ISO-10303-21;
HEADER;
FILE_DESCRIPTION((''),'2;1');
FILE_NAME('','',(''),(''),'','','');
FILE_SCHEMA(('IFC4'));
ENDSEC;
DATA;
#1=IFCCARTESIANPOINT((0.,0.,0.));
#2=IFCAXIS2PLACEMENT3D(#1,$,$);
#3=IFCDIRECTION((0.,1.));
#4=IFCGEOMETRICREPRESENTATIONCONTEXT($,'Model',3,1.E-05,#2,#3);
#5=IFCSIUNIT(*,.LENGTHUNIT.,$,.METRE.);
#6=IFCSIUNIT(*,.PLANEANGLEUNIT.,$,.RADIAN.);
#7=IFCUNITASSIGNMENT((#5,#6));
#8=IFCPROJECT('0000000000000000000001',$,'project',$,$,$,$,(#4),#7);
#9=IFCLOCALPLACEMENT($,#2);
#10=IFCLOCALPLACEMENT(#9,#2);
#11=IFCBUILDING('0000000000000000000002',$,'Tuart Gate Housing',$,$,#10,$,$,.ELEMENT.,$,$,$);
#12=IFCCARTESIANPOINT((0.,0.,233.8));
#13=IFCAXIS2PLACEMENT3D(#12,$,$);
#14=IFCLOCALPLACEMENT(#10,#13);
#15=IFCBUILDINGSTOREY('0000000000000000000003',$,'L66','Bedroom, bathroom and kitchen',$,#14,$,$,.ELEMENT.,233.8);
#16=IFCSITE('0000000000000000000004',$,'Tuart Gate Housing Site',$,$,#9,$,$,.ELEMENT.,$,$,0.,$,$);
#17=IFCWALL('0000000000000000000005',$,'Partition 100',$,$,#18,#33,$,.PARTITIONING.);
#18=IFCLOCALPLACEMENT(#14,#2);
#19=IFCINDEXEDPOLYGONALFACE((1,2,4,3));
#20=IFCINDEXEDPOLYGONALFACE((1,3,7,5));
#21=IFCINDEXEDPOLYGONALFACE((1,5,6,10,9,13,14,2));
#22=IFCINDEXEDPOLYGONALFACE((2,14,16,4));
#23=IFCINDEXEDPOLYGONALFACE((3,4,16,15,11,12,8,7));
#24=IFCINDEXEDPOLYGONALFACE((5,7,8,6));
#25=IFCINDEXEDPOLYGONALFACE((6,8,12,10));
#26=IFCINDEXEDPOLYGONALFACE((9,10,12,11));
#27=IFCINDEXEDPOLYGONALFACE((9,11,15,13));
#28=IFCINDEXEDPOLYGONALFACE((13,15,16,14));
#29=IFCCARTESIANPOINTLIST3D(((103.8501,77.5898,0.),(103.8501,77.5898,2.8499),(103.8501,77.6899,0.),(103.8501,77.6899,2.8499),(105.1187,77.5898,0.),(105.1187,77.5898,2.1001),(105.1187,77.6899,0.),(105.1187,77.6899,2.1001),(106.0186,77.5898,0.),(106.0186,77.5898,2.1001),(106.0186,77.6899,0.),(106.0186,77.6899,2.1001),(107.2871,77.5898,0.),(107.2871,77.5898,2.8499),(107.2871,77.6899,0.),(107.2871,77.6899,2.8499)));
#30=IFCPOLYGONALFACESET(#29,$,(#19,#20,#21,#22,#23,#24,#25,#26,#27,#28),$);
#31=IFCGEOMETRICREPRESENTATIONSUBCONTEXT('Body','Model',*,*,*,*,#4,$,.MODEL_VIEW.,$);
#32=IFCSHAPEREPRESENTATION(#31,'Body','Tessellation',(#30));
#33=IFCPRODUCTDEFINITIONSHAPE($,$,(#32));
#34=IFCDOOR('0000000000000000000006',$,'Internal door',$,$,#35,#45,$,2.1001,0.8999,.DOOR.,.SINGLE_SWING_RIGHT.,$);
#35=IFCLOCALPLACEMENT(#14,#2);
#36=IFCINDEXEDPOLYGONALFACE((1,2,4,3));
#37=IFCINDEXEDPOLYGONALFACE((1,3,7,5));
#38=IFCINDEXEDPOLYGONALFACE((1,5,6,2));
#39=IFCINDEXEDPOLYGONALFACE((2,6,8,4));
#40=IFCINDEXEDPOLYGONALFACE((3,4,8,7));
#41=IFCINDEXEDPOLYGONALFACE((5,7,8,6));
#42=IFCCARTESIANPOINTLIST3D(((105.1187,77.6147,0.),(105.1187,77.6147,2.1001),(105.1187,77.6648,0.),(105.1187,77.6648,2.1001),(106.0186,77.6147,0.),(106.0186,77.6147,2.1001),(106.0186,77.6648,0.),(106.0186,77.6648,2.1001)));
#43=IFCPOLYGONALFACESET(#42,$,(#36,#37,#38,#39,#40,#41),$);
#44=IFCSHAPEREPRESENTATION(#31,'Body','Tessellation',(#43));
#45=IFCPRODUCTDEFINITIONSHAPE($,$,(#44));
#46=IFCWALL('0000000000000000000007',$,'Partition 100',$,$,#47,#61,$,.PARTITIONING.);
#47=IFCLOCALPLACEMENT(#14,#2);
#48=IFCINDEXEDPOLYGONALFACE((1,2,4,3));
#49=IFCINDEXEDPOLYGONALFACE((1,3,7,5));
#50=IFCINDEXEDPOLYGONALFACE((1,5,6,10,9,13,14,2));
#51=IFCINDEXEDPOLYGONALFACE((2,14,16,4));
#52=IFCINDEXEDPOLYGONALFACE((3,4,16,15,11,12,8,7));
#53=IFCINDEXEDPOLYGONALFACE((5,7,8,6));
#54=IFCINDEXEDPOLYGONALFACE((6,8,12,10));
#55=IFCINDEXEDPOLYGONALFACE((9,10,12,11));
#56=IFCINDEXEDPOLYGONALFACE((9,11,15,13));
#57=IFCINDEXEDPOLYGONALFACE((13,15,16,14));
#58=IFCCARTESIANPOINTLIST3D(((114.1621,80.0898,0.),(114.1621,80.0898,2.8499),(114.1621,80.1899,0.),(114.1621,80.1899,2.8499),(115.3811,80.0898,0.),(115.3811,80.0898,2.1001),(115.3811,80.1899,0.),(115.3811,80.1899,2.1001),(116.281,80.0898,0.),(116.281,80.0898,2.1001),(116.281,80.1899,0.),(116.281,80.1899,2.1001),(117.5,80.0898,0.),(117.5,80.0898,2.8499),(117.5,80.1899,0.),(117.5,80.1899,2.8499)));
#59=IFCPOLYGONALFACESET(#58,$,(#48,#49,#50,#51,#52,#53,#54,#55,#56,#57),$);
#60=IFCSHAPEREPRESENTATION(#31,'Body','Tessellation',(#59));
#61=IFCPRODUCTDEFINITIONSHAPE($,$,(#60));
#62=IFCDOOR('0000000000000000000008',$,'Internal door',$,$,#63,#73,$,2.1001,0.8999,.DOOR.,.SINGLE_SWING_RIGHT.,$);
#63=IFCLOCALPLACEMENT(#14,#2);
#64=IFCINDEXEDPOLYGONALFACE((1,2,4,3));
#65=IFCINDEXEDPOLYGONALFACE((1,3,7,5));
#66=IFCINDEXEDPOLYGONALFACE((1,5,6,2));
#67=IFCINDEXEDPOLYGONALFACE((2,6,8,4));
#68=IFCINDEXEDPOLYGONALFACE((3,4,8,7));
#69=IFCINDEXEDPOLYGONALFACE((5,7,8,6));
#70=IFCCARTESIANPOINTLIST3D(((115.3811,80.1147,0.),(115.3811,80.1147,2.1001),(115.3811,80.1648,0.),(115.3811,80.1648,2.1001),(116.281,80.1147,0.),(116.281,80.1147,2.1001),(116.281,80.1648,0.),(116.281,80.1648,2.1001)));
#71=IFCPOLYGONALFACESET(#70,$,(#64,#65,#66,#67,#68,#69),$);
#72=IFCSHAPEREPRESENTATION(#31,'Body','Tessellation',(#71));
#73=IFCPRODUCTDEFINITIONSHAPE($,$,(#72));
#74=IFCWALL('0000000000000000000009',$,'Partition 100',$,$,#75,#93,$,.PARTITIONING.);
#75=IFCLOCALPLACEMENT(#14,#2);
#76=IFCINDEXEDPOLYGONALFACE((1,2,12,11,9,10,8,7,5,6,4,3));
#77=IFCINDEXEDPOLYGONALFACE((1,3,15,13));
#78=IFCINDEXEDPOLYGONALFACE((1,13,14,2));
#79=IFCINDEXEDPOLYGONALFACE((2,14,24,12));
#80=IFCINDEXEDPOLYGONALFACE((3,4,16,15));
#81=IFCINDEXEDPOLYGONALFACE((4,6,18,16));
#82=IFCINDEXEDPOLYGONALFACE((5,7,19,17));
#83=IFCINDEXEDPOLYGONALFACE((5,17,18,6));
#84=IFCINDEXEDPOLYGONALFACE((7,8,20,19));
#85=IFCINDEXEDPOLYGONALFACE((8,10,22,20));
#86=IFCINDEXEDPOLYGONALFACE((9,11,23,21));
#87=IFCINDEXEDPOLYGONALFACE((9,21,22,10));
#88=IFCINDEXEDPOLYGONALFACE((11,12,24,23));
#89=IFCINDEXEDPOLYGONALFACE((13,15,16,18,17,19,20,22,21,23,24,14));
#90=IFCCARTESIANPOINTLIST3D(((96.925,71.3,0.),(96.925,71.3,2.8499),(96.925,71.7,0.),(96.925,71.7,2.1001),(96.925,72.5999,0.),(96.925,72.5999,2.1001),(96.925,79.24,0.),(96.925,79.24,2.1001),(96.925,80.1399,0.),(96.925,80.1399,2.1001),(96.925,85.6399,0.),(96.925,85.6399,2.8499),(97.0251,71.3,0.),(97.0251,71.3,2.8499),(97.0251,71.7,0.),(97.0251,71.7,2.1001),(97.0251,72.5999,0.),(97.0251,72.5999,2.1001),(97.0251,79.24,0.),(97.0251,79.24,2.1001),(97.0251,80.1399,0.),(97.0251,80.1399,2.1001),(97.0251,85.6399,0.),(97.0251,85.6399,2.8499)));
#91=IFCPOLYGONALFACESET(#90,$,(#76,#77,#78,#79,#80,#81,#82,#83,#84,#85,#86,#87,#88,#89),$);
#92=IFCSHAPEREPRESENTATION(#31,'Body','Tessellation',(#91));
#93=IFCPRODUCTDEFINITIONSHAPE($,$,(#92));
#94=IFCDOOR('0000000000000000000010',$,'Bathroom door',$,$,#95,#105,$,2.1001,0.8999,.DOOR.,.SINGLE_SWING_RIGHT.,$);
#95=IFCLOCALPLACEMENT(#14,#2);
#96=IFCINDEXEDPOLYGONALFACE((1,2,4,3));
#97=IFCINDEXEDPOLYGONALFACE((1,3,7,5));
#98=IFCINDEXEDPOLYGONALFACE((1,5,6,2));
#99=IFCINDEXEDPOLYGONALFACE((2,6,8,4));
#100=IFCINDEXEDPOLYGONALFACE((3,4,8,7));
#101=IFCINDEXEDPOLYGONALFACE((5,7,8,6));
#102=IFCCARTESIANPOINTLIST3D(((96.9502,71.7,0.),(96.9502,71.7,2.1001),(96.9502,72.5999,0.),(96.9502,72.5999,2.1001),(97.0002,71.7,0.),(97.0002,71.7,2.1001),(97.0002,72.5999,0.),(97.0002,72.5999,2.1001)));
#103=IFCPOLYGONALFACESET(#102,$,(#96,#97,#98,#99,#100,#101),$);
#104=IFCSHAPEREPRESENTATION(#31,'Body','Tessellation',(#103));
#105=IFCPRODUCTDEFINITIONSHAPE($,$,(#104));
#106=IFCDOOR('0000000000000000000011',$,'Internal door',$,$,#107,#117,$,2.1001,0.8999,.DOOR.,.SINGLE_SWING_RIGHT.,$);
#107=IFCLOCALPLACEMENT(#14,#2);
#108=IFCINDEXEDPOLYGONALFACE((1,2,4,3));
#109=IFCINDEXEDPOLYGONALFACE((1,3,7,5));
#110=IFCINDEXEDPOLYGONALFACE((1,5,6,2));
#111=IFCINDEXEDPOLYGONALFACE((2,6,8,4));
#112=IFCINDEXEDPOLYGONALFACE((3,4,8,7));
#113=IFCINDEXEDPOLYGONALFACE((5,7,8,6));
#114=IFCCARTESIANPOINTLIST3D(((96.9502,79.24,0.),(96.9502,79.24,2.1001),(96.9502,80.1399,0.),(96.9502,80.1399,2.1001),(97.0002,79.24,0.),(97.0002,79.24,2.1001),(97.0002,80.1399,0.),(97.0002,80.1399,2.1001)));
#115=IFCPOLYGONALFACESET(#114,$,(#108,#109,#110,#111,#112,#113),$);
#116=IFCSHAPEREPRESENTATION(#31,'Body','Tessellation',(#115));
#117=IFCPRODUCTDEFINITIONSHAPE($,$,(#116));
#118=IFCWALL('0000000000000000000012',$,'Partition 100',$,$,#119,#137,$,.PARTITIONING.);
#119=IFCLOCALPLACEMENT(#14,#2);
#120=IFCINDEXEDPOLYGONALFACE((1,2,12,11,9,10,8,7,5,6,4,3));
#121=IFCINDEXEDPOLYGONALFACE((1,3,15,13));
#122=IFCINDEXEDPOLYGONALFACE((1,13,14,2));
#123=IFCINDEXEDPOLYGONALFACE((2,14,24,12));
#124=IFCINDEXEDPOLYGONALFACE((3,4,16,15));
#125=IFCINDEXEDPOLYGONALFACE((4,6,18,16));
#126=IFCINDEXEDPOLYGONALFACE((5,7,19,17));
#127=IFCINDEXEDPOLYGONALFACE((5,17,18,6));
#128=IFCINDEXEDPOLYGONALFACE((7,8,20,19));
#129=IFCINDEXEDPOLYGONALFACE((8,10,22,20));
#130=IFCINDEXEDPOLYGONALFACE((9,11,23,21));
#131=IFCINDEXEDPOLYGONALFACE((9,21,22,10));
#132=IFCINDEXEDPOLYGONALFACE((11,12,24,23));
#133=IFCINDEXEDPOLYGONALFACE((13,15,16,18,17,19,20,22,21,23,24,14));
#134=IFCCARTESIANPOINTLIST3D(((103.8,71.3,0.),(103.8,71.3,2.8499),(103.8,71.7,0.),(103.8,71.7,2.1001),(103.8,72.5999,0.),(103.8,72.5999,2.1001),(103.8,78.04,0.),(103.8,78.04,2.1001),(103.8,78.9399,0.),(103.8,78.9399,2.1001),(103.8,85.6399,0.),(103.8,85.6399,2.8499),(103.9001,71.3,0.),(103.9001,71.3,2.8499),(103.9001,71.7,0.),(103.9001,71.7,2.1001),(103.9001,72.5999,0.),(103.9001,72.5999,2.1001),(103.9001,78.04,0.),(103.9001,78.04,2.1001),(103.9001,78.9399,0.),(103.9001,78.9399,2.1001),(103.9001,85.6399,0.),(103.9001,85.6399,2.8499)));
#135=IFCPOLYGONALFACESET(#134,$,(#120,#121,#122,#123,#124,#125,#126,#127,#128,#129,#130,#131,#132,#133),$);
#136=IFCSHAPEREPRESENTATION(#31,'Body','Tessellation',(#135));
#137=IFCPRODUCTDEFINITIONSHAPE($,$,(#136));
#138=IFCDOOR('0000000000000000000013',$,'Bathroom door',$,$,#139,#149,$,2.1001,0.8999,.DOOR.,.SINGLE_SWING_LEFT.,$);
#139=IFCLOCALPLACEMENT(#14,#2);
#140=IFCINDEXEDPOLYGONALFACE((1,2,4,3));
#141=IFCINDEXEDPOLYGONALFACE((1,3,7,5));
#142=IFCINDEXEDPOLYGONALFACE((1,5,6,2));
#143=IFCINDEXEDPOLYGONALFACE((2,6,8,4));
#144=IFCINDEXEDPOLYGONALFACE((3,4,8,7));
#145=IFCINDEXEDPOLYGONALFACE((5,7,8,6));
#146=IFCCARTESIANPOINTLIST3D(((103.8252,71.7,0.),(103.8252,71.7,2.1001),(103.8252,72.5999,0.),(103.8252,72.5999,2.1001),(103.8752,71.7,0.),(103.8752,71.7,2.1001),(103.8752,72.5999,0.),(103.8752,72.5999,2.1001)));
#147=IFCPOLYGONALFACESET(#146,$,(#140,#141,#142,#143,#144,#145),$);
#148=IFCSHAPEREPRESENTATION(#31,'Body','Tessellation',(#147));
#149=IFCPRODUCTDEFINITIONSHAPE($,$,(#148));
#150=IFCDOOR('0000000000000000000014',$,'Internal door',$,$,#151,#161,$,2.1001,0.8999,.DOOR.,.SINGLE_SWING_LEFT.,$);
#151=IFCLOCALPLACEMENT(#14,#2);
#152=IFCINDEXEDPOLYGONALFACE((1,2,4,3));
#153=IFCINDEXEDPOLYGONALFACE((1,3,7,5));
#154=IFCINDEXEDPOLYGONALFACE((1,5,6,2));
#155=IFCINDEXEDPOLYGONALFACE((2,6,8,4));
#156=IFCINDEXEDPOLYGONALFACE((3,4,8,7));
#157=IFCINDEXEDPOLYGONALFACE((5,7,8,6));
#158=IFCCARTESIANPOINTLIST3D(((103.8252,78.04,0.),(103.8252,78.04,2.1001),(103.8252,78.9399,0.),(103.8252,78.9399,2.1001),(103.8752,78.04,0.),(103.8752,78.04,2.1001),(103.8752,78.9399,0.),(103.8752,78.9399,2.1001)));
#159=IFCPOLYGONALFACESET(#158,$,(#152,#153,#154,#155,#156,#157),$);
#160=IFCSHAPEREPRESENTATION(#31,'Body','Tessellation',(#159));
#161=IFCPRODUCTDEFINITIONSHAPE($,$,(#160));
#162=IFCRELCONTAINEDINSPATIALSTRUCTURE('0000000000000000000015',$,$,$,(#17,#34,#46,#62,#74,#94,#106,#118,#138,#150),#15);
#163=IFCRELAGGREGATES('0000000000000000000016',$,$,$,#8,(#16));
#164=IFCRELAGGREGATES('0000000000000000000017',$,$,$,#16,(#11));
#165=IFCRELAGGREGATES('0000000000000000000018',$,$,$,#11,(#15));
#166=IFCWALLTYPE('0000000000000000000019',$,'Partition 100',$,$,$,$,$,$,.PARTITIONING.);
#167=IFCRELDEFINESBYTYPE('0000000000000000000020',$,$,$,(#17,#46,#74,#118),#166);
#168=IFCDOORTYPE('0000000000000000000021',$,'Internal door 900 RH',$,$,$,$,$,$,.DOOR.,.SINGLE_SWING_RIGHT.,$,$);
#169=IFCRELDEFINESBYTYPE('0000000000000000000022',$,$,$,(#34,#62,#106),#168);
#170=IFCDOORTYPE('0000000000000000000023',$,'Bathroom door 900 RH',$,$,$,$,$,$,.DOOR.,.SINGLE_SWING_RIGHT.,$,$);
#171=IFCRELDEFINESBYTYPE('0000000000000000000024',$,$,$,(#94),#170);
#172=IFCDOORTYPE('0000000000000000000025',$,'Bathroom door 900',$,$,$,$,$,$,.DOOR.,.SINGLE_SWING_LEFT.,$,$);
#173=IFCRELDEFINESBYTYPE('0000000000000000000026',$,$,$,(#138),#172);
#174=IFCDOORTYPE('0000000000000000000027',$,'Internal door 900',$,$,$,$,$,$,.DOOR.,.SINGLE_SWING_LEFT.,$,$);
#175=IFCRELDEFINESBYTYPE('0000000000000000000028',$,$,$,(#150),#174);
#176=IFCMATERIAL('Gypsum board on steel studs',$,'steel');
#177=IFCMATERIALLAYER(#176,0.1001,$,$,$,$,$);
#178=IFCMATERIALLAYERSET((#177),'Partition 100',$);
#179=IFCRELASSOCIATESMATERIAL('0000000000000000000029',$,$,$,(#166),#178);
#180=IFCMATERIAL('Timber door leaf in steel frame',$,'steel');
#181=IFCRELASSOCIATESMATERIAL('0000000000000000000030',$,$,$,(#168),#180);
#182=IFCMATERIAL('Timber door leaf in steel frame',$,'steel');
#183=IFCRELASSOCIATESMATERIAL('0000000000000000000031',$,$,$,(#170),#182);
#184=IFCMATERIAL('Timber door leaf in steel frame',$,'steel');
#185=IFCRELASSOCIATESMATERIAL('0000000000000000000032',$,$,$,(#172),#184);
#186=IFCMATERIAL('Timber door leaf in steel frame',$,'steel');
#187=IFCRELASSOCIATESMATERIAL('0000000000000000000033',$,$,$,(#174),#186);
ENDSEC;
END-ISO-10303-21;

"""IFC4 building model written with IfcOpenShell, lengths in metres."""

from ifc_helpers import new_model, si_unit, direction, frame, frame_2d, origin, place, context, subcontext, project, spatial, rectangle, extrude, material, layer, layer_set, type_object, element, fill, save


model = new_model("IFC4")

# Units and contexts
model_context = context("Model", 3, precision=1e-05, world=origin(), true_north=direction((0.0, 1.0)))
body_context = subcontext(model_context, "Body", "Model", "MODEL_VIEW")
ifc_project = project(units=[si_unit("LENGTHUNIT", "METRE"), si_unit("PLANEANGLEUNIT", "RADIAN")], contexts=[model_context])

# Site, building, storey
site_placement = place(None, origin())
site = spatial("IfcSite", under=ifc_project, at=site_placement, Name="Tuart Gate Housing Site", CompositionType="ELEMENT", RefElevation=0.0)
building_placement = place(site_placement, origin())
building = spatial("IfcBuilding", under=site, at=building_placement, Name="Tuart Gate Housing", CompositionType="ELEMENT")
storey_placement = place(building_placement, frame((0.0, 0.0, 233.8)))
storey = spatial("IfcBuildingStorey", under=building, at=storey_placement, Name="L66", Description="Bedroom, bathroom and kitchen", CompositionType="ELEMENT", Elevation=233.8)

# Shared definitions
ifc_material_1 = material(Name="Gypsum board on steel studs", Category="steel")
ifc_layer_1 = layer(ifc_material_1, 0.1001)
ifc_layer_set_1 = layer_set([ifc_layer_1], Name="Partition 100")
wall_type_1 = type_object("IfcWallType", Name="Partition 100", PredefinedType="PARTITIONING", material=ifc_layer_set_1)

# Walls, openings, doors
wall_1_placement = place(storey_placement, frame((103.8501, 77.6399, 0.0), z_axis=(0.0, 0.0, 1.0), x_axis=(1.0, 0.0, 0.0)))
wall_1 = element("IfcWall", 1, at=wall_1_placement, inside=storey, type_object=wall_type_1, Name="Partition 100", PredefinedType="PARTITIONING", context=body_context, shape_type="SweptSolid", body=[
    extrude(rectangle(XDim=3.437, YDim=0.1001, at=frame_2d((1.7185, 0.0))), origin(), (0.0, 0.0, 1.0), 2.8499),
])
opening_1_placement = place(wall_1_placement, frame((1.2686, 0.0, 0.0)))
opening_1 = element("IfcOpeningElement", 2, at=opening_1_placement, cuts=wall_1, PredefinedType="OPENING", context=body_context, shape_type="SweptSolid", body=[
    extrude(rectangle(XDim=0.8999, YDim=2.1001, at=frame_2d((0.45, 1.05))), frame((0.0, 0.0601, 0.0), z_axis=(0.0, -1.0, 0.0), x_axis=(1.0, 0.0, 0.0)), (0.0, 0.0, 1.0), 0.1201),
])
ifc_material_2 = material(Name="Timber door leaf in steel frame", Category="steel")
door_type_1 = type_object("IfcDoorType", Name="Internal door 900 RH", OperationType="SINGLE_SWING_RIGHT", PredefinedType="DOOR", material=ifc_material_2)
door_1_placement = place(opening_1_placement, frame((0.8999, 0.0, 0.0), z_axis=(0.0, 0.0, 1.0), x_axis=(-1.0, 0.0, 0.0)))
door_1 = element("IfcDoor", 3, at=door_1_placement, inside=storey, type_object=door_type_1, Name="Internal door", OperationType="SINGLE_SWING_RIGHT", OverallHeight=2.1001, OverallWidth=0.8999, PredefinedType="DOOR", context=body_context, shape_type="SweptSolid", body=[
    extrude(rectangle(XDim=0.8999, YDim=2.1001, at=frame_2d((0.45, 1.05))), frame((0.0, 0.0251, 0.0), z_axis=(0.0, -1.0, 0.0), x_axis=(1.0, 0.0, 0.0)), (0.0, 0.0, 1.0), 0.05),
])
fill(opening_1, door_1)
wall_2_placement = place(storey_placement, frame((114.1621, 80.1399, 0.0), z_axis=(0.0, 0.0, 1.0), x_axis=(1.0, 0.0, 0.0)))
wall_2 = element("IfcWall", 4, at=wall_2_placement, inside=storey, type_object=wall_type_1, Name="Partition 100", PredefinedType="PARTITIONING", context=body_context, shape_type="SweptSolid", body=[
    extrude(rectangle(XDim=3.3379, YDim=0.1001, at=frame_2d((1.6689, 0.0))), origin(), (0.0, 0.0, 1.0), 2.8499),
])
opening_2_placement = place(wall_2_placement, frame((1.219, 0.0, 0.0)))
opening_2 = element("IfcOpeningElement", 5, at=opening_2_placement, cuts=wall_2, PredefinedType="OPENING", context=body_context, shape_type="SweptSolid", body=[
    extrude(rectangle(XDim=0.8999, YDim=2.1001, at=frame_2d((0.45, 1.05))), frame((0.0, 0.0601, 0.0), z_axis=(0.0, -1.0, 0.0), x_axis=(1.0, 0.0, 0.0)), (0.0, 0.0, 1.0), 0.1201),
])
door_2_placement = place(opening_2_placement, frame((0.8999, 0.0, 0.0), z_axis=(0.0, 0.0, 1.0), x_axis=(-1.0, 0.0, 0.0)))
door_2 = element("IfcDoor", 6, at=door_2_placement, inside=storey, type_object=door_type_1, Name="Internal door", OperationType="SINGLE_SWING_RIGHT", OverallHeight=2.1001, OverallWidth=0.8999, PredefinedType="DOOR", context=body_context, shape_type="SweptSolid", body=[
    extrude(rectangle(XDim=0.8999, YDim=2.1001, at=frame_2d((0.45, 1.05))), frame((0.0, 0.0251, 0.0), z_axis=(0.0, -1.0, 0.0), x_axis=(1.0, 0.0, 0.0)), (0.0, 0.0, 1.0), 0.05),
])
fill(opening_2, door_2)

# Walls, openings, doors
wall_3_placement = place(storey_placement, frame((96.9751, 71.3, 0.0), z_axis=(0.0, 0.0, 1.0), x_axis=(0.0, 1.0, 0.0)))
wall_3 = element("IfcWall", 7, at=wall_3_placement, inside=storey, type_object=wall_type_1, Name="Partition 100", PredefinedType="PARTITIONING", context=body_context, shape_type="SweptSolid", body=[
    extrude(rectangle(XDim=14.3398, YDim=0.1001, at=frame_2d((7.1699, 0.0))), origin(), (0.0, 0.0, 1.0), 2.8499),
])
opening_3_placement = place(wall_3_placement, frame((7.9399, 0.0, 0.0)))
opening_3 = element("IfcOpeningElement", 8, at=opening_3_placement, cuts=wall_3, PredefinedType="OPENING", context=body_context, shape_type="SweptSolid", body=[
    extrude(rectangle(XDim=0.8999, YDim=2.1001, at=frame_2d((0.45, 1.05))), frame((0.0, 0.0601, 0.0), z_axis=(0.0, -1.0, 0.0), x_axis=(1.0, 0.0, 0.0)), (0.0, 0.0, 1.0), 0.1201),
])
opening_4_placement = place(wall_3_placement, frame((0.3999, 0.0, 0.0)))
opening_4 = element("IfcOpeningElement", 9, at=opening_4_placement, cuts=wall_3, PredefinedType="OPENING", context=body_context, shape_type="SweptSolid", body=[
    extrude(rectangle(XDim=0.8999, YDim=2.1001, at=frame_2d((0.45, 1.05))), frame((0.0, 0.0601, 0.0), z_axis=(0.0, -1.0, 0.0), x_axis=(1.0, 0.0, 0.0)), (0.0, 0.0, 1.0), 0.1201),
])
ifc_material_3 = material(Name="Timber door leaf in steel frame", Category="steel")
door_type_2 = type_object("IfcDoorType", Name="Bathroom door 900 RH", OperationType="SINGLE_SWING_RIGHT", PredefinedType="DOOR", material=ifc_material_3)
door_3_placement = place(opening_4_placement, frame((0.8999, 0.0, 0.0), z_axis=(0.0, 0.0, 1.0), x_axis=(-1.0, 0.0, 0.0)))
door_3 = element("IfcDoor", 10, at=door_3_placement, inside=storey, type_object=door_type_2, Name="Bathroom door", OperationType="SINGLE_SWING_RIGHT", OverallHeight=2.1001, OverallWidth=0.8999, PredefinedType="DOOR", context=body_context, shape_type="SweptSolid", body=[
    extrude(rectangle(XDim=0.8999, YDim=2.1001, at=frame_2d((0.45, 1.05))), frame((0.0, 0.0251, 0.0), z_axis=(0.0, -1.0, 0.0), x_axis=(1.0, 0.0, 0.0)), (0.0, 0.0, 1.0), 0.05),
])
fill(opening_4, door_3)
door_4_placement = place(opening_3_placement, frame((0.8999, 0.0, 0.0), z_axis=(0.0, 0.0, 1.0), x_axis=(-1.0, 0.0, 0.0)))
door_4 = element("IfcDoor", 11, at=door_4_placement, inside=storey, type_object=door_type_1, Name="Internal door", OperationType="SINGLE_SWING_RIGHT", OverallHeight=2.1001, OverallWidth=0.8999, PredefinedType="DOOR", context=body_context, shape_type="SweptSolid", body=[
    extrude(rectangle(XDim=0.8999, YDim=2.1001, at=frame_2d((0.45, 1.05))), frame((0.0, 0.0251, 0.0), z_axis=(0.0, -1.0, 0.0), x_axis=(1.0, 0.0, 0.0)), (0.0, 0.0, 1.0), 0.05),
])
fill(opening_3, door_4)
wall_4_placement = place(storey_placement, frame((103.8501, 71.3, 0.0), z_axis=(0.0, 0.0, 1.0), x_axis=(0.0, 1.0, 0.0)))
wall_4 = element("IfcWall", 12, at=wall_4_placement, inside=storey, type_object=wall_type_1, Name="Partition 100", PredefinedType="PARTITIONING", context=body_context, shape_type="SweptSolid", body=[
    extrude(rectangle(XDim=14.3398, YDim=0.1001, at=frame_2d((7.1699, 0.0))), origin(), (0.0, 0.0, 1.0), 2.8499),
])
opening_5_placement = place(wall_4_placement, frame((6.74, 0.0, 0.0)))
opening_5 = element("IfcOpeningElement", 13, at=opening_5_placement, cuts=wall_4, PredefinedType="OPENING", context=body_context, shape_type="SweptSolid", body=[
    extrude(rectangle(XDim=0.8999, YDim=2.1001, at=frame_2d((0.45, 1.05))), frame((0.0, 0.0601, 0.0), z_axis=(0.0, -1.0, 0.0), x_axis=(1.0, 0.0, 0.0)), (0.0, 0.0, 1.0), 0.1201),
])
opening_6_placement = place(wall_4_placement, frame((0.3999, 0.0, 0.0)))
opening_6 = element("IfcOpeningElement", 14, at=opening_6_placement, cuts=wall_4, PredefinedType="OPENING", context=body_context, shape_type="SweptSolid", body=[
    extrude(rectangle(XDim=0.8999, YDim=2.1001, at=frame_2d((0.45, 1.05))), frame((0.0, 0.0601, 0.0), z_axis=(0.0, -1.0, 0.0), x_axis=(1.0, 0.0, 0.0)), (0.0, 0.0, 1.0), 0.1201),
])
ifc_material_4 = material(Name="Timber door leaf in steel frame", Category="steel")
door_type_3 = type_object("IfcDoorType", Name="Bathroom door 900", OperationType="SINGLE_SWING_LEFT", PredefinedType="DOOR", material=ifc_material_4)
door_5_placement = place(opening_6_placement, origin())
door_5 = element("IfcDoor", 15, at=door_5_placement, inside=storey, type_object=door_type_3, Name="Bathroom door", OperationType="SINGLE_SWING_LEFT", OverallHeight=2.1001, OverallWidth=0.8999, PredefinedType="DOOR", context=body_context, shape_type="SweptSolid", body=[
    extrude(rectangle(XDim=0.8999, YDim=2.1001, at=frame_2d((0.45, 1.05))), frame((0.0, 0.0249, 0.0), z_axis=(0.0, -1.0, 0.0), x_axis=(1.0, 0.0, 0.0)), (0.0, 0.0, 1.0), 0.05),
])
fill(opening_6, door_5)
ifc_material_5 = material(Name="Timber door leaf in steel frame", Category="steel")
door_type_4 = type_object("IfcDoorType", Name="Internal door 900", OperationType="SINGLE_SWING_LEFT", PredefinedType="DOOR", material=ifc_material_5)
door_6_placement = place(opening_5_placement, origin())
door_6 = element("IfcDoor", 16, at=door_6_placement, inside=storey, type_object=door_type_4, Name="Internal door", OperationType="SINGLE_SWING_LEFT", OverallHeight=2.1001, OverallWidth=0.8999, PredefinedType="DOOR", context=body_context, shape_type="SweptSolid", body=[
    extrude(rectangle(XDim=0.8999, YDim=2.1001, at=frame_2d((0.45, 1.05))), frame((0.0, 0.0249, 0.0), z_axis=(0.0, -1.0, 0.0), x_axis=(1.0, 0.0, 0.0)), (0.0, 0.0, 1.0), 0.05),
])
fill(opening_5, door_6)

save(model, "model.ifc")
